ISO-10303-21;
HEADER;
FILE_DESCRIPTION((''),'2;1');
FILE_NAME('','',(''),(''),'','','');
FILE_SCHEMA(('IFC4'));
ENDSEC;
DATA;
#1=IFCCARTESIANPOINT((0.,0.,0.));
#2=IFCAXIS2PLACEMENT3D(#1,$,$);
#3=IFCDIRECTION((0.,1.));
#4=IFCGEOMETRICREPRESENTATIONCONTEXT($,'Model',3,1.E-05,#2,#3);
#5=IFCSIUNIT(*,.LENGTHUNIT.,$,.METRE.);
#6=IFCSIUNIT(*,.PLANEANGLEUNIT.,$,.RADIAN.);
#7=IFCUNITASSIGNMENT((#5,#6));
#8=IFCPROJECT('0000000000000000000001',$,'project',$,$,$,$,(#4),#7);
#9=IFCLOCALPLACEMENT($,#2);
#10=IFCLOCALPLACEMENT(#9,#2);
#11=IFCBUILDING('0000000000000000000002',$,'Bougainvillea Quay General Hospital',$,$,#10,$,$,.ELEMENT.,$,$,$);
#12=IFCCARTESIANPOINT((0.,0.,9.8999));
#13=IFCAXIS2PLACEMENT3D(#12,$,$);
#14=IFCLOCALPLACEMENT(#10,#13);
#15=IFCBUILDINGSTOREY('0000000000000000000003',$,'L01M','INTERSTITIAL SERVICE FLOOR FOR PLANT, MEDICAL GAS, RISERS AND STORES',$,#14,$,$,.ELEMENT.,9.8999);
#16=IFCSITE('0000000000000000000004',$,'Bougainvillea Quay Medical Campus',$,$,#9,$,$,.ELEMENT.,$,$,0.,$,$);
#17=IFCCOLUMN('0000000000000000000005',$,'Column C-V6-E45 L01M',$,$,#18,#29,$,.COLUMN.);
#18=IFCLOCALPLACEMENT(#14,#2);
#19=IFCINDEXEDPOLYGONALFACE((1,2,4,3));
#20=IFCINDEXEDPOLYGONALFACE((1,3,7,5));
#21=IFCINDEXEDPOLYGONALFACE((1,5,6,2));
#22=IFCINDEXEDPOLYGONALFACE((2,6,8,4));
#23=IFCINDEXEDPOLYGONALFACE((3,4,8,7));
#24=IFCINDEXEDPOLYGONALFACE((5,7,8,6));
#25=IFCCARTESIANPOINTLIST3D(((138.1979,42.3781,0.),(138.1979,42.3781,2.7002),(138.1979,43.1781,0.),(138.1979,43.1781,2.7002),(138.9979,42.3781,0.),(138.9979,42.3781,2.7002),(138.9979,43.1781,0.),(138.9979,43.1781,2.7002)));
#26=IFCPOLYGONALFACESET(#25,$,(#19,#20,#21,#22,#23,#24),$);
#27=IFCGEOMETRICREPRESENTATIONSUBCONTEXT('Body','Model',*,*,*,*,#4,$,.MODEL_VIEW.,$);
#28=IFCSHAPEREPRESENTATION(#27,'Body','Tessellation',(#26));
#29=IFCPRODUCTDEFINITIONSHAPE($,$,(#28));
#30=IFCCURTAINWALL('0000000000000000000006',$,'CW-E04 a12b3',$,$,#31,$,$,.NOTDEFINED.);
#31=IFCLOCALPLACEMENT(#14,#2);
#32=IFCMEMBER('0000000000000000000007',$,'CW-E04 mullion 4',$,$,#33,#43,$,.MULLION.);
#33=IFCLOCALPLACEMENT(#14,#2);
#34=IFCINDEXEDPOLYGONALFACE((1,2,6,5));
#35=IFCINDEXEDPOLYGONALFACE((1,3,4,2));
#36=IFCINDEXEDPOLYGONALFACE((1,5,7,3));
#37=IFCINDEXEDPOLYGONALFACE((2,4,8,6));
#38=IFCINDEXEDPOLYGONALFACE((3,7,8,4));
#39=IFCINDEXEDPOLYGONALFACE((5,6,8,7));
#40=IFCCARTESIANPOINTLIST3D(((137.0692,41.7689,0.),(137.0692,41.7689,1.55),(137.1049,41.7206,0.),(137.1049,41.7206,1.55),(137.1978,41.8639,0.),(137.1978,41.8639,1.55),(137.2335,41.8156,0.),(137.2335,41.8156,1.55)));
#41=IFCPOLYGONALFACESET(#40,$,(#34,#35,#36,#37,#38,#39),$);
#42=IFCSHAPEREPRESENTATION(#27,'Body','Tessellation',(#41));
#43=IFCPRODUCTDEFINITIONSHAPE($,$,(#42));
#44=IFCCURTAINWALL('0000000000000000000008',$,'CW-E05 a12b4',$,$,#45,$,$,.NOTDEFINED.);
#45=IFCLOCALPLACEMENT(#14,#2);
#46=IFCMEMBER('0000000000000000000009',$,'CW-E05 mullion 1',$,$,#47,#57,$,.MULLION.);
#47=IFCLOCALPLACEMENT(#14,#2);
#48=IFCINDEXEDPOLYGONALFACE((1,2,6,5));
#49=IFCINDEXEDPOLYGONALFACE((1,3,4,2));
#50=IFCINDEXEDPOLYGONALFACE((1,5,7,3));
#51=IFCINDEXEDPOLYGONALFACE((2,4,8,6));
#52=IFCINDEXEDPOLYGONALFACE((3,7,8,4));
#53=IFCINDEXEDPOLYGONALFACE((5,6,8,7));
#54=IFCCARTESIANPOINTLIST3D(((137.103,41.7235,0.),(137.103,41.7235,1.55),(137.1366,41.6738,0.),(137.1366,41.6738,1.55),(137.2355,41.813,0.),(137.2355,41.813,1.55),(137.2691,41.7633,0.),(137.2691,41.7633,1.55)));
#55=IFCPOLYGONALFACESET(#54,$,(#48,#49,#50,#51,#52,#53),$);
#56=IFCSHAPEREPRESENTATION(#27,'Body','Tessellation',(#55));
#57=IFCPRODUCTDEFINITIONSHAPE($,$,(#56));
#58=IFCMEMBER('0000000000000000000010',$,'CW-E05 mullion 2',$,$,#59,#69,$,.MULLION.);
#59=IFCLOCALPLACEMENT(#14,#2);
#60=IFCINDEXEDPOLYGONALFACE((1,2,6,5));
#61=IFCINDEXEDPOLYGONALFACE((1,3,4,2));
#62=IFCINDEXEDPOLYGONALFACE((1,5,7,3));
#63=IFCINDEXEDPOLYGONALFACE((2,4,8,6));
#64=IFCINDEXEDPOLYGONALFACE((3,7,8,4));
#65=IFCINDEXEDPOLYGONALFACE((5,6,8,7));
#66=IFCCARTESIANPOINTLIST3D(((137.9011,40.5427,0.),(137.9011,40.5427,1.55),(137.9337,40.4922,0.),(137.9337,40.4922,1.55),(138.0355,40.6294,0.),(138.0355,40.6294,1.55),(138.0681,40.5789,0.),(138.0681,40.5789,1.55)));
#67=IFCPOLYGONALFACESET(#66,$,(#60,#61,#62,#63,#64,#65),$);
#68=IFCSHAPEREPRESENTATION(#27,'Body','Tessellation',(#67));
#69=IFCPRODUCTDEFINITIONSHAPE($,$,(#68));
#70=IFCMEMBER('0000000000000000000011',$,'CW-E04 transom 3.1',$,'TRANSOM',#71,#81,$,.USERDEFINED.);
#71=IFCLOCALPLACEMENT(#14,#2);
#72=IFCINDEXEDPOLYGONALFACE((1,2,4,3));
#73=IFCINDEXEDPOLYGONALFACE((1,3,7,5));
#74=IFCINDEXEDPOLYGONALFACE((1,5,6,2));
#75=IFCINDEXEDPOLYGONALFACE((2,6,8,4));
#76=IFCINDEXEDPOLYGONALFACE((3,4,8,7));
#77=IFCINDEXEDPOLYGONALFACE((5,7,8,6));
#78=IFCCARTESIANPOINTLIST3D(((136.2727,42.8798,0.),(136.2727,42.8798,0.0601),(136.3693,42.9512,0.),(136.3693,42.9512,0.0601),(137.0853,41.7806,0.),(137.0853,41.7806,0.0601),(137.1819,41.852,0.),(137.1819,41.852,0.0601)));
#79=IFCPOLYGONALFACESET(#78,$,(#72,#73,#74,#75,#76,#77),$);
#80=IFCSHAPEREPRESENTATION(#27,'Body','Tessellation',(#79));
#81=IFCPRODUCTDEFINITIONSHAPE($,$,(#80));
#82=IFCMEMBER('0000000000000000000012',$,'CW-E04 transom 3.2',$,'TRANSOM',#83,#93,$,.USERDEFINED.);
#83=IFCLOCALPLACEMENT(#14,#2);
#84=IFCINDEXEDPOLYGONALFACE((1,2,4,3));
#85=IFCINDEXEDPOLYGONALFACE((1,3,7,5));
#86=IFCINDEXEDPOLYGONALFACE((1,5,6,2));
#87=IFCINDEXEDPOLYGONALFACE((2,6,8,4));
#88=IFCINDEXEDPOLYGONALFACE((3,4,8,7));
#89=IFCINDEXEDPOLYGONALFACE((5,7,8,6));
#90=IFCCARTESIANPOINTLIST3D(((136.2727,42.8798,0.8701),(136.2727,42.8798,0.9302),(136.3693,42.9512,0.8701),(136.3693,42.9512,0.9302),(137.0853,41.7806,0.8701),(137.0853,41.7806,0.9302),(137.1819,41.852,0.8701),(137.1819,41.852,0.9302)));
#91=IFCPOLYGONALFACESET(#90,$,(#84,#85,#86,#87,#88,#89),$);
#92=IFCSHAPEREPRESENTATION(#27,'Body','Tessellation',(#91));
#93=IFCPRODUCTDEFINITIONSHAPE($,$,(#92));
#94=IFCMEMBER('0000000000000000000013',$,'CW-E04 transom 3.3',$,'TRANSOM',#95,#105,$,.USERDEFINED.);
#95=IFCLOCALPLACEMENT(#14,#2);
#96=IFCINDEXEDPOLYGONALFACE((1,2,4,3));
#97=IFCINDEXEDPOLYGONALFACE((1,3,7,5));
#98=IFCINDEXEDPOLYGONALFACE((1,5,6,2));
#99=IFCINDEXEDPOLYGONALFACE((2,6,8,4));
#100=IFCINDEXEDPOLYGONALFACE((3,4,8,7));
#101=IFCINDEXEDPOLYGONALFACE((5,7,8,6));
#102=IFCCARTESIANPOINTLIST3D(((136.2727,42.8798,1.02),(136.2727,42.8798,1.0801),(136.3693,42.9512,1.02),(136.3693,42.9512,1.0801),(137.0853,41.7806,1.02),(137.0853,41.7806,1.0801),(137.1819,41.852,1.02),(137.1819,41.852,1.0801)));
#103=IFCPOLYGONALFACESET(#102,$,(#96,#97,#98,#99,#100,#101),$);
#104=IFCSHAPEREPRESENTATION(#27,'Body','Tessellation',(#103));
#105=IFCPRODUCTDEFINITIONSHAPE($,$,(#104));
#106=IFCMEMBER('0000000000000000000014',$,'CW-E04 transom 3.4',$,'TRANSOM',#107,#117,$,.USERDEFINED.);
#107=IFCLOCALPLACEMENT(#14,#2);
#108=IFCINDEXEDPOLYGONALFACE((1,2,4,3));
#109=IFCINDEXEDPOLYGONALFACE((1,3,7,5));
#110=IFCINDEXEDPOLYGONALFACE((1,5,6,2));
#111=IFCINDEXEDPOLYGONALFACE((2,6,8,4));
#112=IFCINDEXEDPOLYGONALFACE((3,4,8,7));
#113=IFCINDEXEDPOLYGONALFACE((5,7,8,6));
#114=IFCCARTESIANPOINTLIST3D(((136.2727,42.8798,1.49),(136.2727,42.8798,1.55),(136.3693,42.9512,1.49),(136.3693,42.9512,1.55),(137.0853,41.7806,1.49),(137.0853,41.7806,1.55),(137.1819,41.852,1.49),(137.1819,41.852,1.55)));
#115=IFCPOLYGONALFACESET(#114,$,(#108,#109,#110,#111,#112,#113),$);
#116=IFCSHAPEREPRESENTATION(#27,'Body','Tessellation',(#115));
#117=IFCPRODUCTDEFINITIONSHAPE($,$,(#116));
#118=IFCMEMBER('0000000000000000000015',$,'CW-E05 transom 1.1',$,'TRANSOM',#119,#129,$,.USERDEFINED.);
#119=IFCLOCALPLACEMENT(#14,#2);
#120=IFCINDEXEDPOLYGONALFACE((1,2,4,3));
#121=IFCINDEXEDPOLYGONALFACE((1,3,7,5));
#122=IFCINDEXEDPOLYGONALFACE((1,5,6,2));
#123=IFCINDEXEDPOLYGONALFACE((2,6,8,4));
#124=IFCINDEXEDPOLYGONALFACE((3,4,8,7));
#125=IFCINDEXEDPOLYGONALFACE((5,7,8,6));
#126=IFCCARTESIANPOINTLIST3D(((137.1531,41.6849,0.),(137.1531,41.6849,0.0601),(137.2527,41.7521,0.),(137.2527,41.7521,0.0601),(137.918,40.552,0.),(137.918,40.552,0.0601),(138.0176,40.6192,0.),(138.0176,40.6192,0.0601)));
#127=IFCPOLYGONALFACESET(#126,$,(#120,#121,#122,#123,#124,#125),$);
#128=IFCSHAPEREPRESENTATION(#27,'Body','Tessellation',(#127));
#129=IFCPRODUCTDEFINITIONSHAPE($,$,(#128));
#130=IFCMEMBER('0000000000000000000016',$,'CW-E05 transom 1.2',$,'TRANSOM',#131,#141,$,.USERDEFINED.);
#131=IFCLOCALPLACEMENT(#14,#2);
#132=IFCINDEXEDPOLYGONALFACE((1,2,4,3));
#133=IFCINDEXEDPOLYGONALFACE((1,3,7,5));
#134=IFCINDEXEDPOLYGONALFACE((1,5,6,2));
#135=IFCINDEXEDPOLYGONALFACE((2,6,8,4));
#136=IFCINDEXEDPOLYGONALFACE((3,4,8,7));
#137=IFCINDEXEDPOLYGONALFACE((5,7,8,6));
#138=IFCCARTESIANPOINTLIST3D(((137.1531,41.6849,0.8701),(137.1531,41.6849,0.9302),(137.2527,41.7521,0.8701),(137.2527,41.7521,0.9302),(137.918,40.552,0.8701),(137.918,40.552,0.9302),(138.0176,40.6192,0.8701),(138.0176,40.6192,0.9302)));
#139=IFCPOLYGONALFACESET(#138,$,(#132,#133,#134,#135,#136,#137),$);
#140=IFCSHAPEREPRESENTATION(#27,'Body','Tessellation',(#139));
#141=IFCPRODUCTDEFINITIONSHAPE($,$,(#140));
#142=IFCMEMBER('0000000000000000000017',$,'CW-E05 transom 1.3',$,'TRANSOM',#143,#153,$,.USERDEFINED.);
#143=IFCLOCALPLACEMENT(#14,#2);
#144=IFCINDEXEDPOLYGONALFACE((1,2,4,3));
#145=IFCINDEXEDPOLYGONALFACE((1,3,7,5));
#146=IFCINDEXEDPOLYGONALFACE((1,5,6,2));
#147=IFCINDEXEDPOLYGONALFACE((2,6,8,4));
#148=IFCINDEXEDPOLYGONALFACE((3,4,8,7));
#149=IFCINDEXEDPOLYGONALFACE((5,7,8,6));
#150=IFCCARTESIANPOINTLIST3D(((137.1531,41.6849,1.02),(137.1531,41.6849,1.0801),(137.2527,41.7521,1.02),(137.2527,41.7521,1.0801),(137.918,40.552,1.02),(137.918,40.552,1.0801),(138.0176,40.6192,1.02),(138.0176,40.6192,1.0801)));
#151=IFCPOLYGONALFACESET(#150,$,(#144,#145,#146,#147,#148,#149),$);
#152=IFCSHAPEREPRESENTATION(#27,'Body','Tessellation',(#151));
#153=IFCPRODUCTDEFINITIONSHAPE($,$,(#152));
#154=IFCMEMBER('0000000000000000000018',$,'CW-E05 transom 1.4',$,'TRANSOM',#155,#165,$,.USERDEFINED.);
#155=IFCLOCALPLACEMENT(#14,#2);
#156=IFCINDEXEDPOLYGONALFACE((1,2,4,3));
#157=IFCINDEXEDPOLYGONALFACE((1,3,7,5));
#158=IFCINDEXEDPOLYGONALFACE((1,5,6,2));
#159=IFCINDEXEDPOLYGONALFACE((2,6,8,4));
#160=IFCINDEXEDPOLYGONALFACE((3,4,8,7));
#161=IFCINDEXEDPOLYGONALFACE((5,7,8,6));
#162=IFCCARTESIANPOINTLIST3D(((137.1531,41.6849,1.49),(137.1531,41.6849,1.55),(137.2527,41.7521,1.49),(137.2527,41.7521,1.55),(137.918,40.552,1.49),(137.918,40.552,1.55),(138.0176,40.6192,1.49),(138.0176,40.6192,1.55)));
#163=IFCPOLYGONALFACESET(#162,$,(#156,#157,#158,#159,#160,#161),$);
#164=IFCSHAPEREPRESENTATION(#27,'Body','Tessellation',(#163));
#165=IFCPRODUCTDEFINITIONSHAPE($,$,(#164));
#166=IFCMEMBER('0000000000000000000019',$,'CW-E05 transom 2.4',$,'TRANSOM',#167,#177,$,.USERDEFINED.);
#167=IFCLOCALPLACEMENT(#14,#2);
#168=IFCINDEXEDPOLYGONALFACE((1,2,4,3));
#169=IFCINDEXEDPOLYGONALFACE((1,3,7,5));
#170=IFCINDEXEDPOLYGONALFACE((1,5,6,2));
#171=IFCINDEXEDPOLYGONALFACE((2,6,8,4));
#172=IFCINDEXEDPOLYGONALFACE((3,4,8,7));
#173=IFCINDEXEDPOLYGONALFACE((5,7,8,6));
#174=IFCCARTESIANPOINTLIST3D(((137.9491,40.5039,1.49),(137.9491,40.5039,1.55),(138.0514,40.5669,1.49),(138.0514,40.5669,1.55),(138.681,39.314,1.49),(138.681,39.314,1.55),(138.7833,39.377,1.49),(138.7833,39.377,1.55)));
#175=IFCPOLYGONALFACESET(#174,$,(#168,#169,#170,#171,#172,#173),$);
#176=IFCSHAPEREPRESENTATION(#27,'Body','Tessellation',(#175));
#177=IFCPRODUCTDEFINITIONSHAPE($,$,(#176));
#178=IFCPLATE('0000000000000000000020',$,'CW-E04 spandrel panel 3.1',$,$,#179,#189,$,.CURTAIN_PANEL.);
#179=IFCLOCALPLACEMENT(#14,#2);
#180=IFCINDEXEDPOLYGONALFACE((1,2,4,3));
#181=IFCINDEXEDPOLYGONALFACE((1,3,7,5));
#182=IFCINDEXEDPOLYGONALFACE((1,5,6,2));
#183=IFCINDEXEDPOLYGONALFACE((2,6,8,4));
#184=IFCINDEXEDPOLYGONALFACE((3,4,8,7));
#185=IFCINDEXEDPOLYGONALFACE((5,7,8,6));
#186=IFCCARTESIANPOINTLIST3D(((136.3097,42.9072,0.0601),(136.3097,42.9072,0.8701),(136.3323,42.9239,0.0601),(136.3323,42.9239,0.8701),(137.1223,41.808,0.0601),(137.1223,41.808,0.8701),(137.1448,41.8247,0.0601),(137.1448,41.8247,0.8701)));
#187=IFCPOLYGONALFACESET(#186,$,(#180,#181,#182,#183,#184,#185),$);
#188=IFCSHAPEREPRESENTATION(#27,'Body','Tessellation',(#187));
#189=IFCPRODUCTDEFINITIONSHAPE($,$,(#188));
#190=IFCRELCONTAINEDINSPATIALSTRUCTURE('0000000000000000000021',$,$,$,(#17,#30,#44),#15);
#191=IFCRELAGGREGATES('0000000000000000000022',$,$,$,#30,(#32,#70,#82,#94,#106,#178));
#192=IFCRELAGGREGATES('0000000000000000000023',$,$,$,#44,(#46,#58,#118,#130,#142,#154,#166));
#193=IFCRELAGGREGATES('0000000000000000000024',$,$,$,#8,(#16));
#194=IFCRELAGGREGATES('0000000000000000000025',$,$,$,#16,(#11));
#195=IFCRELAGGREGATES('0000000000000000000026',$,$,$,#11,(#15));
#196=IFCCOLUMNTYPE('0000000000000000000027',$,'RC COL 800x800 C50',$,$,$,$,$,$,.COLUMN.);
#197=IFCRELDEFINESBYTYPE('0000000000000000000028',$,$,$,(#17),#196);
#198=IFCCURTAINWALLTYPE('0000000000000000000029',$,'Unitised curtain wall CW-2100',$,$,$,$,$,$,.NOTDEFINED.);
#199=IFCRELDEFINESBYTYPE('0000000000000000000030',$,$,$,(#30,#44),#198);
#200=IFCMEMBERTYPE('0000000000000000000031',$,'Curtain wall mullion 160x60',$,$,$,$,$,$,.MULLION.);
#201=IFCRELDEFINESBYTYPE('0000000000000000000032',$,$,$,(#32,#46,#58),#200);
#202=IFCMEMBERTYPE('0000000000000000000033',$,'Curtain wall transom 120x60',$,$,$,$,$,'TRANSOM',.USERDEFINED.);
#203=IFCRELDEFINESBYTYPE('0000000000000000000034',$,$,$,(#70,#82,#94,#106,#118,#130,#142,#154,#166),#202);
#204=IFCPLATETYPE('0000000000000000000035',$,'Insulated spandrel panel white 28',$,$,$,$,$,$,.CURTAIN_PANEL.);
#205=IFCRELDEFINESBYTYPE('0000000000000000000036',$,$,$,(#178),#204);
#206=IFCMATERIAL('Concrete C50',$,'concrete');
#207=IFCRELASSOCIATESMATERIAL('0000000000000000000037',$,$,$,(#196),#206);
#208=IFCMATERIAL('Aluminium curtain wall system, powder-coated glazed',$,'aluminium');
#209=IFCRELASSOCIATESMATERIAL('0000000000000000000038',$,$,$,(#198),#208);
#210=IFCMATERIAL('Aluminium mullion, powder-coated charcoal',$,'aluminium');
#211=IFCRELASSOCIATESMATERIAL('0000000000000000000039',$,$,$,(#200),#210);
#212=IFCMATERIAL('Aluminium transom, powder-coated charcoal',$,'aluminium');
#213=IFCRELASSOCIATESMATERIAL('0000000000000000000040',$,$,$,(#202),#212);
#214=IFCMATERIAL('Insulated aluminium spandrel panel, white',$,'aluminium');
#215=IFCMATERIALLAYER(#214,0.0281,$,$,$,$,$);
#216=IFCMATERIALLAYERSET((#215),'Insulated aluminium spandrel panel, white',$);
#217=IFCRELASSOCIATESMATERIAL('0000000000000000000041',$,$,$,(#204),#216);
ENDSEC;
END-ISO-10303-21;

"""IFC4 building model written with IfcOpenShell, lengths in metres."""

from ifc_helpers import new_model, si_unit, direction, frame, origin, origin_2d, place, context, subcontext, project, spatial, rectangle, extrude, material, layer, layer_set, material_profile, profile_set, type_object, element, aggregate, save


model = new_model("IFC4")

# Units and contexts
model_context = context("Model", 3, precision=1e-05, world=origin(), true_north=direction((0.0, 1.0)))
body_context = subcontext(model_context, "Body", "Model", "MODEL_VIEW")
ifc_project = project(units=[si_unit("LENGTHUNIT", "METRE"), si_unit("PLANEANGLEUNIT", "RADIAN")], contexts=[model_context])

# Site, building, storey
site_placement = place(None, origin())
site = spatial("IfcSite", under=ifc_project, at=site_placement, Name="Bougainvillea Quay Medical Campus", CompositionType="ELEMENT", RefElevation=0.0)
building_placement = place(site_placement, origin())
building = spatial("IfcBuilding", under=site, at=building_placement, Name="Bougainvillea Quay General Hospital", CompositionType="ELEMENT")
storey_placement = place(building_placement, frame((0.0, 0.0, 9.8999)))
storey = spatial("IfcBuildingStorey", under=building, at=storey_placement, Name="L01M", Description="INTERSTITIAL SERVICE FLOOR FOR PLANT, MEDICAL GAS, RISERS AND STORES", CompositionType="ELEMENT", Elevation=9.8999)

# Column
ifc_material_1 = material(Name="Concrete C50", Category="concrete")
ifc_material_profile_1 = material_profile(ifc_material_1, rectangle(XDim=0.8, YDim=0.8, at=origin_2d()))
ifc_profile_set_1 = profile_set([ifc_material_profile_1], Name="Concrete C50")
column_type = type_object("IfcColumnType", Name="RC COL 800x800 C50", PredefinedType="COLUMN", material=ifc_profile_set_1)
column_placement = place(storey_placement, frame((138.5979, 42.7781, 0.0), z_axis=(0.0, 0.0, 1.0), x_axis=(1.0, 0.0, 0.0)))
element("IfcColumn", 1, at=column_placement, inside=storey, type_object=column_type, Name="Column C-V6-E45 L01M", PredefinedType="COLUMN", context=body_context, shape_type="SweptSolid", body=[
    extrude(rectangle(XDim=0.8, YDim=0.8, at=origin_2d()), origin(), (0.0, 0.0, 1.0), 2.7002),
])

# Curtain wall, member
ifc_material_2 = material(Name="Aluminium curtain wall system, powder-coated glazed", Category="aluminium")
curtain_wall_type = type_object("IfcCurtainWallType", Name="Unitised curtain wall CW-2100", PredefinedType="NOTDEFINED", material=ifc_material_2)
curtain_wall_1_placement = place(storey_placement, origin())
curtain_wall_1 = element("IfcCurtainWall", 2, at=curtain_wall_1_placement, inside=storey, type_object=curtain_wall_type, Name="CW-E04 a12b3", PredefinedType="NOTDEFINED")
ifc_material_3 = material(Name="Aluminium mullion, powder-coated charcoal", Category="aluminium")
ifc_material_profile_2 = material_profile(ifc_material_3, rectangle(XDim=0.1599, YDim=0.0601, at=origin_2d()))
ifc_profile_set_2 = profile_set([ifc_material_profile_2], Name="Aluminium mullion, powder-coated charcoal")
member_type_1 = type_object("IfcMemberType", Name="Curtain wall mullion 160x60", PredefinedType="MULLION", material=ifc_profile_set_2)
member_1_placement = place(storey_placement, frame((137.1514, 41.7922, 0.0), z_axis=(0.0, 0.0, 1.0), x_axis=(0.804161, 0.594411, 0.0)))
member_1 = element("IfcMember", 3, at=member_1_placement, type_object=member_type_1, Name="CW-E04 mullion 4", PredefinedType="MULLION", context=body_context, shape_type="SweptSolid", body=[
    extrude(rectangle(XDim=0.1599, YDim=0.0601, at=origin_2d()), origin(), (0.0, 0.0, 1.0), 1.55),
])

# Curtain wall, members
curtain_wall_2_placement = place(storey_placement, origin())
curtain_wall_2 = element("IfcCurtainWall", 4, at=curtain_wall_2_placement, inside=storey, type_object=curtain_wall_type, Name="CW-E05 a12b4", PredefinedType="NOTDEFINED")
member_2_placement = place(storey_placement, frame((137.186, 41.7434, 0.0), z_axis=(0.0, 0.0, 1.0), x_axis=(0.828712, 0.559675, 0.0)))
member_2 = element("IfcMember", 5, at=member_2_placement, type_object=member_type_1, Name="CW-E05 mullion 1", PredefinedType="MULLION", context=body_context, shape_type="SweptSolid", body=[
    extrude(rectangle(XDim=0.1599, YDim=0.0601, at=origin_2d()), origin(), (0.0, 0.0, 1.0), 1.55),
])
member_3_placement = place(storey_placement, frame((137.9846, 40.5608, 0.0), z_axis=(0.0, 0.0, 1.0), x_axis=(0.840428, 0.541923, 0.0)))
member_3 = element("IfcMember", 6, at=member_3_placement, type_object=member_type_1, Name="CW-E05 mullion 2", PredefinedType="MULLION", context=body_context, shape_type="SweptSolid", body=[
    extrude(rectangle(XDim=0.1599, YDim=0.0601, at=origin_2d()), origin(), (0.0, 0.0, 1.0), 1.55),
])

# Members
ifc_material_4 = material(Name="Aluminium transom, powder-coated charcoal", Category="aluminium")
ifc_material_profile_3 = material_profile(ifc_material_4, rectangle(XDim=0.1201, YDim=0.0601, at=origin_2d()))
ifc_profile_set_3 = profile_set([ifc_material_profile_3], Name="Aluminium transom, powder-coated charcoal")
member_type_2 = type_object("IfcMemberType", Name="Curtain wall transom 120x60", ElementType="TRANSOM", PredefinedType="USERDEFINED", material=ifc_profile_set_3)
member_4_placement = place(storey_placement, frame((136.321, 42.9155, 0.03), z_axis=(0.594441, -0.804139, 0.0), x_axis=(0.804139, 0.594441, 0.0)))
member_4 = element("IfcMember", 7, at=member_4_placement, type_object=member_type_2, Name="CW-E04 transom 3.1", ObjectType="TRANSOM", PredefinedType="USERDEFINED", context=body_context, shape_type="SweptSolid", body=[
    extrude(rectangle(XDim=0.1201, YDim=0.0601, at=origin_2d()), origin(), (0.0, 0.0, 1.0), 1.3669),
])
member_5_placement = place(storey_placement, frame((136.321, 42.9155, 0.9001), z_axis=(0.594441, -0.804139, 0.0), x_axis=(0.804139, 0.594441, 0.0)))
member_5 = element("IfcMember", 8, at=member_5_placement, type_object=member_type_2, Name="CW-E04 transom 3.2", ObjectType="TRANSOM", PredefinedType="USERDEFINED", context=body_context, shape_type="SweptSolid", body=[
    extrude(rectangle(XDim=0.1201, YDim=0.0601, at=origin_2d()), origin(), (0.0, 0.0, 1.0), 1.3669),
])
member_6_placement = place(storey_placement, frame((136.321, 42.9155, 1.05), z_axis=(0.594441, -0.804139, 0.0), x_axis=(0.804139, 0.594441, 0.0)))
member_6 = element("IfcMember", 9, at=member_6_placement, type_object=member_type_2, Name="CW-E04 transom 3.3", ObjectType="TRANSOM", PredefinedType="USERDEFINED", context=body_context, shape_type="SweptSolid", body=[
    extrude(rectangle(XDim=0.1201, YDim=0.0601, at=origin_2d()), origin(), (0.0, 0.0, 1.0), 1.3669),
])
member_7_placement = place(storey_placement, frame((136.321, 42.9155, 1.52), z_axis=(0.594441, -0.804139, 0.0), x_axis=(0.804139, 0.594441, 0.0)))
member_7 = element("IfcMember", 10, at=member_7_placement, type_object=member_type_2, Name="CW-E04 transom 3.4", ObjectType="TRANSOM", PredefinedType="USERDEFINED", context=body_context, shape_type="SweptSolid", body=[
    extrude(rectangle(XDim=0.1201, YDim=0.0601, at=origin_2d()), origin(), (0.0, 0.0, 1.0), 1.3669),
])
member_8_placement = place(storey_placement, frame((137.2029, 41.7185, 0.03), z_axis=(0.559596, -0.828766, 0.0), x_axis=(0.828766, 0.559596, 0.0)))
member_8 = element("IfcMember", 11, at=member_8_placement, type_object=member_type_2, Name="CW-E05 transom 1.1", ObjectType="TRANSOM", PredefinedType="USERDEFINED", context=body_context, shape_type="SweptSolid", body=[
    extrude(rectangle(XDim=0.1201, YDim=0.0601, at=origin_2d()), origin(), (0.0, 0.0, 1.0), 1.3669),
])
member_9_placement = place(storey_placement, frame((137.2029, 41.7185, 0.9001), z_axis=(0.559596, -0.828766, 0.0), x_axis=(0.828766, 0.559596, 0.0)))
member_9 = element("IfcMember", 12, at=member_9_placement, type_object=member_type_2, Name="CW-E05 transom 1.2", ObjectType="TRANSOM", PredefinedType="USERDEFINED", context=body_context, shape_type="SweptSolid", body=[
    extrude(rectangle(XDim=0.1201, YDim=0.0601, at=origin_2d()), origin(), (0.0, 0.0, 1.0), 1.3669),
])
member_10_placement = place(storey_placement, frame((137.2029, 41.7185, 1.05), z_axis=(0.559596, -0.828766, 0.0), x_axis=(0.828766, 0.559596, 0.0)))
member_10 = element("IfcMember", 13, at=member_10_placement, type_object=member_type_2, Name="CW-E05 transom 1.3", ObjectType="TRANSOM", PredefinedType="USERDEFINED", context=body_context, shape_type="SweptSolid", body=[
    extrude(rectangle(XDim=0.1201, YDim=0.0601, at=origin_2d()), origin(), (0.0, 0.0, 1.0), 1.3669),
])
member_11_placement = place(storey_placement, frame((137.2029, 41.7185, 1.52), z_axis=(0.559596, -0.828766, 0.0), x_axis=(0.828766, 0.559596, 0.0)))
member_11 = element("IfcMember", 14, at=member_11_placement, type_object=member_type_2, Name="CW-E05 transom 1.4", ObjectType="TRANSOM", PredefinedType="USERDEFINED", context=body_context, shape_type="SweptSolid", body=[
    extrude(rectangle(XDim=0.1201, YDim=0.0601, at=origin_2d()), origin(), (0.0, 0.0, 1.0), 1.3669),
])
member_12_placement = place(storey_placement, frame((138.0002, 40.5354, 1.52), z_axis=(0.523922, -0.851766, 0.0), x_axis=(0.851766, 0.523922, 0.0)))
member_12 = element("IfcMember", 15, at=member_12_placement, type_object=member_type_2, Name="CW-E05 transom 2.4", ObjectType="TRANSOM", PredefinedType="USERDEFINED", context=body_context, shape_type="SweptSolid", body=[
    extrude(rectangle(XDim=0.1201, YDim=0.0601, at=origin_2d()), origin(), (0.0, 0.0, 1.0), 1.397),
])

# Plate
ifc_material_5 = material(Name="Insulated aluminium spandrel panel, white", Category="aluminium")
ifc_layer_1 = layer(ifc_material_5, 0.0281)
ifc_layer_set_1 = layer_set([ifc_layer_1], Name="Insulated aluminium spandrel panel, white")
plate_type_1 = type_object("IfcPlateType", Name="Insulated spandrel panel white 28", PredefinedType="CURTAIN_PANEL", material=ifc_layer_set_1)
plate_1_placement = place(storey_placement, frame((136.7273, 42.366, 0.0601), z_axis=(0.0, 0.0, 1.0), x_axis=(0.594411, -0.804161, 0.0)))
plate_1 = element("IfcPlate", 16, at=plate_1_placement, type_object=plate_type_1, Name="CW-E04 spandrel panel 3.1", PredefinedType="CURTAIN_PANEL", context=body_context, shape_type="SweptSolid", body=[
    extrude(rectangle(XDim=1.3669, YDim=0.0281, at=origin_2d()), origin(), (0.0, 0.0, 1.0), 0.8101),
])
aggregate(curtain_wall_1, [member_1, member_4, member_5, member_6, member_7, plate_1])
aggregate(curtain_wall_2, [member_2, member_3, member_8, member_9, member_10, member_11, member_12])

save(model, "model.ifc")
